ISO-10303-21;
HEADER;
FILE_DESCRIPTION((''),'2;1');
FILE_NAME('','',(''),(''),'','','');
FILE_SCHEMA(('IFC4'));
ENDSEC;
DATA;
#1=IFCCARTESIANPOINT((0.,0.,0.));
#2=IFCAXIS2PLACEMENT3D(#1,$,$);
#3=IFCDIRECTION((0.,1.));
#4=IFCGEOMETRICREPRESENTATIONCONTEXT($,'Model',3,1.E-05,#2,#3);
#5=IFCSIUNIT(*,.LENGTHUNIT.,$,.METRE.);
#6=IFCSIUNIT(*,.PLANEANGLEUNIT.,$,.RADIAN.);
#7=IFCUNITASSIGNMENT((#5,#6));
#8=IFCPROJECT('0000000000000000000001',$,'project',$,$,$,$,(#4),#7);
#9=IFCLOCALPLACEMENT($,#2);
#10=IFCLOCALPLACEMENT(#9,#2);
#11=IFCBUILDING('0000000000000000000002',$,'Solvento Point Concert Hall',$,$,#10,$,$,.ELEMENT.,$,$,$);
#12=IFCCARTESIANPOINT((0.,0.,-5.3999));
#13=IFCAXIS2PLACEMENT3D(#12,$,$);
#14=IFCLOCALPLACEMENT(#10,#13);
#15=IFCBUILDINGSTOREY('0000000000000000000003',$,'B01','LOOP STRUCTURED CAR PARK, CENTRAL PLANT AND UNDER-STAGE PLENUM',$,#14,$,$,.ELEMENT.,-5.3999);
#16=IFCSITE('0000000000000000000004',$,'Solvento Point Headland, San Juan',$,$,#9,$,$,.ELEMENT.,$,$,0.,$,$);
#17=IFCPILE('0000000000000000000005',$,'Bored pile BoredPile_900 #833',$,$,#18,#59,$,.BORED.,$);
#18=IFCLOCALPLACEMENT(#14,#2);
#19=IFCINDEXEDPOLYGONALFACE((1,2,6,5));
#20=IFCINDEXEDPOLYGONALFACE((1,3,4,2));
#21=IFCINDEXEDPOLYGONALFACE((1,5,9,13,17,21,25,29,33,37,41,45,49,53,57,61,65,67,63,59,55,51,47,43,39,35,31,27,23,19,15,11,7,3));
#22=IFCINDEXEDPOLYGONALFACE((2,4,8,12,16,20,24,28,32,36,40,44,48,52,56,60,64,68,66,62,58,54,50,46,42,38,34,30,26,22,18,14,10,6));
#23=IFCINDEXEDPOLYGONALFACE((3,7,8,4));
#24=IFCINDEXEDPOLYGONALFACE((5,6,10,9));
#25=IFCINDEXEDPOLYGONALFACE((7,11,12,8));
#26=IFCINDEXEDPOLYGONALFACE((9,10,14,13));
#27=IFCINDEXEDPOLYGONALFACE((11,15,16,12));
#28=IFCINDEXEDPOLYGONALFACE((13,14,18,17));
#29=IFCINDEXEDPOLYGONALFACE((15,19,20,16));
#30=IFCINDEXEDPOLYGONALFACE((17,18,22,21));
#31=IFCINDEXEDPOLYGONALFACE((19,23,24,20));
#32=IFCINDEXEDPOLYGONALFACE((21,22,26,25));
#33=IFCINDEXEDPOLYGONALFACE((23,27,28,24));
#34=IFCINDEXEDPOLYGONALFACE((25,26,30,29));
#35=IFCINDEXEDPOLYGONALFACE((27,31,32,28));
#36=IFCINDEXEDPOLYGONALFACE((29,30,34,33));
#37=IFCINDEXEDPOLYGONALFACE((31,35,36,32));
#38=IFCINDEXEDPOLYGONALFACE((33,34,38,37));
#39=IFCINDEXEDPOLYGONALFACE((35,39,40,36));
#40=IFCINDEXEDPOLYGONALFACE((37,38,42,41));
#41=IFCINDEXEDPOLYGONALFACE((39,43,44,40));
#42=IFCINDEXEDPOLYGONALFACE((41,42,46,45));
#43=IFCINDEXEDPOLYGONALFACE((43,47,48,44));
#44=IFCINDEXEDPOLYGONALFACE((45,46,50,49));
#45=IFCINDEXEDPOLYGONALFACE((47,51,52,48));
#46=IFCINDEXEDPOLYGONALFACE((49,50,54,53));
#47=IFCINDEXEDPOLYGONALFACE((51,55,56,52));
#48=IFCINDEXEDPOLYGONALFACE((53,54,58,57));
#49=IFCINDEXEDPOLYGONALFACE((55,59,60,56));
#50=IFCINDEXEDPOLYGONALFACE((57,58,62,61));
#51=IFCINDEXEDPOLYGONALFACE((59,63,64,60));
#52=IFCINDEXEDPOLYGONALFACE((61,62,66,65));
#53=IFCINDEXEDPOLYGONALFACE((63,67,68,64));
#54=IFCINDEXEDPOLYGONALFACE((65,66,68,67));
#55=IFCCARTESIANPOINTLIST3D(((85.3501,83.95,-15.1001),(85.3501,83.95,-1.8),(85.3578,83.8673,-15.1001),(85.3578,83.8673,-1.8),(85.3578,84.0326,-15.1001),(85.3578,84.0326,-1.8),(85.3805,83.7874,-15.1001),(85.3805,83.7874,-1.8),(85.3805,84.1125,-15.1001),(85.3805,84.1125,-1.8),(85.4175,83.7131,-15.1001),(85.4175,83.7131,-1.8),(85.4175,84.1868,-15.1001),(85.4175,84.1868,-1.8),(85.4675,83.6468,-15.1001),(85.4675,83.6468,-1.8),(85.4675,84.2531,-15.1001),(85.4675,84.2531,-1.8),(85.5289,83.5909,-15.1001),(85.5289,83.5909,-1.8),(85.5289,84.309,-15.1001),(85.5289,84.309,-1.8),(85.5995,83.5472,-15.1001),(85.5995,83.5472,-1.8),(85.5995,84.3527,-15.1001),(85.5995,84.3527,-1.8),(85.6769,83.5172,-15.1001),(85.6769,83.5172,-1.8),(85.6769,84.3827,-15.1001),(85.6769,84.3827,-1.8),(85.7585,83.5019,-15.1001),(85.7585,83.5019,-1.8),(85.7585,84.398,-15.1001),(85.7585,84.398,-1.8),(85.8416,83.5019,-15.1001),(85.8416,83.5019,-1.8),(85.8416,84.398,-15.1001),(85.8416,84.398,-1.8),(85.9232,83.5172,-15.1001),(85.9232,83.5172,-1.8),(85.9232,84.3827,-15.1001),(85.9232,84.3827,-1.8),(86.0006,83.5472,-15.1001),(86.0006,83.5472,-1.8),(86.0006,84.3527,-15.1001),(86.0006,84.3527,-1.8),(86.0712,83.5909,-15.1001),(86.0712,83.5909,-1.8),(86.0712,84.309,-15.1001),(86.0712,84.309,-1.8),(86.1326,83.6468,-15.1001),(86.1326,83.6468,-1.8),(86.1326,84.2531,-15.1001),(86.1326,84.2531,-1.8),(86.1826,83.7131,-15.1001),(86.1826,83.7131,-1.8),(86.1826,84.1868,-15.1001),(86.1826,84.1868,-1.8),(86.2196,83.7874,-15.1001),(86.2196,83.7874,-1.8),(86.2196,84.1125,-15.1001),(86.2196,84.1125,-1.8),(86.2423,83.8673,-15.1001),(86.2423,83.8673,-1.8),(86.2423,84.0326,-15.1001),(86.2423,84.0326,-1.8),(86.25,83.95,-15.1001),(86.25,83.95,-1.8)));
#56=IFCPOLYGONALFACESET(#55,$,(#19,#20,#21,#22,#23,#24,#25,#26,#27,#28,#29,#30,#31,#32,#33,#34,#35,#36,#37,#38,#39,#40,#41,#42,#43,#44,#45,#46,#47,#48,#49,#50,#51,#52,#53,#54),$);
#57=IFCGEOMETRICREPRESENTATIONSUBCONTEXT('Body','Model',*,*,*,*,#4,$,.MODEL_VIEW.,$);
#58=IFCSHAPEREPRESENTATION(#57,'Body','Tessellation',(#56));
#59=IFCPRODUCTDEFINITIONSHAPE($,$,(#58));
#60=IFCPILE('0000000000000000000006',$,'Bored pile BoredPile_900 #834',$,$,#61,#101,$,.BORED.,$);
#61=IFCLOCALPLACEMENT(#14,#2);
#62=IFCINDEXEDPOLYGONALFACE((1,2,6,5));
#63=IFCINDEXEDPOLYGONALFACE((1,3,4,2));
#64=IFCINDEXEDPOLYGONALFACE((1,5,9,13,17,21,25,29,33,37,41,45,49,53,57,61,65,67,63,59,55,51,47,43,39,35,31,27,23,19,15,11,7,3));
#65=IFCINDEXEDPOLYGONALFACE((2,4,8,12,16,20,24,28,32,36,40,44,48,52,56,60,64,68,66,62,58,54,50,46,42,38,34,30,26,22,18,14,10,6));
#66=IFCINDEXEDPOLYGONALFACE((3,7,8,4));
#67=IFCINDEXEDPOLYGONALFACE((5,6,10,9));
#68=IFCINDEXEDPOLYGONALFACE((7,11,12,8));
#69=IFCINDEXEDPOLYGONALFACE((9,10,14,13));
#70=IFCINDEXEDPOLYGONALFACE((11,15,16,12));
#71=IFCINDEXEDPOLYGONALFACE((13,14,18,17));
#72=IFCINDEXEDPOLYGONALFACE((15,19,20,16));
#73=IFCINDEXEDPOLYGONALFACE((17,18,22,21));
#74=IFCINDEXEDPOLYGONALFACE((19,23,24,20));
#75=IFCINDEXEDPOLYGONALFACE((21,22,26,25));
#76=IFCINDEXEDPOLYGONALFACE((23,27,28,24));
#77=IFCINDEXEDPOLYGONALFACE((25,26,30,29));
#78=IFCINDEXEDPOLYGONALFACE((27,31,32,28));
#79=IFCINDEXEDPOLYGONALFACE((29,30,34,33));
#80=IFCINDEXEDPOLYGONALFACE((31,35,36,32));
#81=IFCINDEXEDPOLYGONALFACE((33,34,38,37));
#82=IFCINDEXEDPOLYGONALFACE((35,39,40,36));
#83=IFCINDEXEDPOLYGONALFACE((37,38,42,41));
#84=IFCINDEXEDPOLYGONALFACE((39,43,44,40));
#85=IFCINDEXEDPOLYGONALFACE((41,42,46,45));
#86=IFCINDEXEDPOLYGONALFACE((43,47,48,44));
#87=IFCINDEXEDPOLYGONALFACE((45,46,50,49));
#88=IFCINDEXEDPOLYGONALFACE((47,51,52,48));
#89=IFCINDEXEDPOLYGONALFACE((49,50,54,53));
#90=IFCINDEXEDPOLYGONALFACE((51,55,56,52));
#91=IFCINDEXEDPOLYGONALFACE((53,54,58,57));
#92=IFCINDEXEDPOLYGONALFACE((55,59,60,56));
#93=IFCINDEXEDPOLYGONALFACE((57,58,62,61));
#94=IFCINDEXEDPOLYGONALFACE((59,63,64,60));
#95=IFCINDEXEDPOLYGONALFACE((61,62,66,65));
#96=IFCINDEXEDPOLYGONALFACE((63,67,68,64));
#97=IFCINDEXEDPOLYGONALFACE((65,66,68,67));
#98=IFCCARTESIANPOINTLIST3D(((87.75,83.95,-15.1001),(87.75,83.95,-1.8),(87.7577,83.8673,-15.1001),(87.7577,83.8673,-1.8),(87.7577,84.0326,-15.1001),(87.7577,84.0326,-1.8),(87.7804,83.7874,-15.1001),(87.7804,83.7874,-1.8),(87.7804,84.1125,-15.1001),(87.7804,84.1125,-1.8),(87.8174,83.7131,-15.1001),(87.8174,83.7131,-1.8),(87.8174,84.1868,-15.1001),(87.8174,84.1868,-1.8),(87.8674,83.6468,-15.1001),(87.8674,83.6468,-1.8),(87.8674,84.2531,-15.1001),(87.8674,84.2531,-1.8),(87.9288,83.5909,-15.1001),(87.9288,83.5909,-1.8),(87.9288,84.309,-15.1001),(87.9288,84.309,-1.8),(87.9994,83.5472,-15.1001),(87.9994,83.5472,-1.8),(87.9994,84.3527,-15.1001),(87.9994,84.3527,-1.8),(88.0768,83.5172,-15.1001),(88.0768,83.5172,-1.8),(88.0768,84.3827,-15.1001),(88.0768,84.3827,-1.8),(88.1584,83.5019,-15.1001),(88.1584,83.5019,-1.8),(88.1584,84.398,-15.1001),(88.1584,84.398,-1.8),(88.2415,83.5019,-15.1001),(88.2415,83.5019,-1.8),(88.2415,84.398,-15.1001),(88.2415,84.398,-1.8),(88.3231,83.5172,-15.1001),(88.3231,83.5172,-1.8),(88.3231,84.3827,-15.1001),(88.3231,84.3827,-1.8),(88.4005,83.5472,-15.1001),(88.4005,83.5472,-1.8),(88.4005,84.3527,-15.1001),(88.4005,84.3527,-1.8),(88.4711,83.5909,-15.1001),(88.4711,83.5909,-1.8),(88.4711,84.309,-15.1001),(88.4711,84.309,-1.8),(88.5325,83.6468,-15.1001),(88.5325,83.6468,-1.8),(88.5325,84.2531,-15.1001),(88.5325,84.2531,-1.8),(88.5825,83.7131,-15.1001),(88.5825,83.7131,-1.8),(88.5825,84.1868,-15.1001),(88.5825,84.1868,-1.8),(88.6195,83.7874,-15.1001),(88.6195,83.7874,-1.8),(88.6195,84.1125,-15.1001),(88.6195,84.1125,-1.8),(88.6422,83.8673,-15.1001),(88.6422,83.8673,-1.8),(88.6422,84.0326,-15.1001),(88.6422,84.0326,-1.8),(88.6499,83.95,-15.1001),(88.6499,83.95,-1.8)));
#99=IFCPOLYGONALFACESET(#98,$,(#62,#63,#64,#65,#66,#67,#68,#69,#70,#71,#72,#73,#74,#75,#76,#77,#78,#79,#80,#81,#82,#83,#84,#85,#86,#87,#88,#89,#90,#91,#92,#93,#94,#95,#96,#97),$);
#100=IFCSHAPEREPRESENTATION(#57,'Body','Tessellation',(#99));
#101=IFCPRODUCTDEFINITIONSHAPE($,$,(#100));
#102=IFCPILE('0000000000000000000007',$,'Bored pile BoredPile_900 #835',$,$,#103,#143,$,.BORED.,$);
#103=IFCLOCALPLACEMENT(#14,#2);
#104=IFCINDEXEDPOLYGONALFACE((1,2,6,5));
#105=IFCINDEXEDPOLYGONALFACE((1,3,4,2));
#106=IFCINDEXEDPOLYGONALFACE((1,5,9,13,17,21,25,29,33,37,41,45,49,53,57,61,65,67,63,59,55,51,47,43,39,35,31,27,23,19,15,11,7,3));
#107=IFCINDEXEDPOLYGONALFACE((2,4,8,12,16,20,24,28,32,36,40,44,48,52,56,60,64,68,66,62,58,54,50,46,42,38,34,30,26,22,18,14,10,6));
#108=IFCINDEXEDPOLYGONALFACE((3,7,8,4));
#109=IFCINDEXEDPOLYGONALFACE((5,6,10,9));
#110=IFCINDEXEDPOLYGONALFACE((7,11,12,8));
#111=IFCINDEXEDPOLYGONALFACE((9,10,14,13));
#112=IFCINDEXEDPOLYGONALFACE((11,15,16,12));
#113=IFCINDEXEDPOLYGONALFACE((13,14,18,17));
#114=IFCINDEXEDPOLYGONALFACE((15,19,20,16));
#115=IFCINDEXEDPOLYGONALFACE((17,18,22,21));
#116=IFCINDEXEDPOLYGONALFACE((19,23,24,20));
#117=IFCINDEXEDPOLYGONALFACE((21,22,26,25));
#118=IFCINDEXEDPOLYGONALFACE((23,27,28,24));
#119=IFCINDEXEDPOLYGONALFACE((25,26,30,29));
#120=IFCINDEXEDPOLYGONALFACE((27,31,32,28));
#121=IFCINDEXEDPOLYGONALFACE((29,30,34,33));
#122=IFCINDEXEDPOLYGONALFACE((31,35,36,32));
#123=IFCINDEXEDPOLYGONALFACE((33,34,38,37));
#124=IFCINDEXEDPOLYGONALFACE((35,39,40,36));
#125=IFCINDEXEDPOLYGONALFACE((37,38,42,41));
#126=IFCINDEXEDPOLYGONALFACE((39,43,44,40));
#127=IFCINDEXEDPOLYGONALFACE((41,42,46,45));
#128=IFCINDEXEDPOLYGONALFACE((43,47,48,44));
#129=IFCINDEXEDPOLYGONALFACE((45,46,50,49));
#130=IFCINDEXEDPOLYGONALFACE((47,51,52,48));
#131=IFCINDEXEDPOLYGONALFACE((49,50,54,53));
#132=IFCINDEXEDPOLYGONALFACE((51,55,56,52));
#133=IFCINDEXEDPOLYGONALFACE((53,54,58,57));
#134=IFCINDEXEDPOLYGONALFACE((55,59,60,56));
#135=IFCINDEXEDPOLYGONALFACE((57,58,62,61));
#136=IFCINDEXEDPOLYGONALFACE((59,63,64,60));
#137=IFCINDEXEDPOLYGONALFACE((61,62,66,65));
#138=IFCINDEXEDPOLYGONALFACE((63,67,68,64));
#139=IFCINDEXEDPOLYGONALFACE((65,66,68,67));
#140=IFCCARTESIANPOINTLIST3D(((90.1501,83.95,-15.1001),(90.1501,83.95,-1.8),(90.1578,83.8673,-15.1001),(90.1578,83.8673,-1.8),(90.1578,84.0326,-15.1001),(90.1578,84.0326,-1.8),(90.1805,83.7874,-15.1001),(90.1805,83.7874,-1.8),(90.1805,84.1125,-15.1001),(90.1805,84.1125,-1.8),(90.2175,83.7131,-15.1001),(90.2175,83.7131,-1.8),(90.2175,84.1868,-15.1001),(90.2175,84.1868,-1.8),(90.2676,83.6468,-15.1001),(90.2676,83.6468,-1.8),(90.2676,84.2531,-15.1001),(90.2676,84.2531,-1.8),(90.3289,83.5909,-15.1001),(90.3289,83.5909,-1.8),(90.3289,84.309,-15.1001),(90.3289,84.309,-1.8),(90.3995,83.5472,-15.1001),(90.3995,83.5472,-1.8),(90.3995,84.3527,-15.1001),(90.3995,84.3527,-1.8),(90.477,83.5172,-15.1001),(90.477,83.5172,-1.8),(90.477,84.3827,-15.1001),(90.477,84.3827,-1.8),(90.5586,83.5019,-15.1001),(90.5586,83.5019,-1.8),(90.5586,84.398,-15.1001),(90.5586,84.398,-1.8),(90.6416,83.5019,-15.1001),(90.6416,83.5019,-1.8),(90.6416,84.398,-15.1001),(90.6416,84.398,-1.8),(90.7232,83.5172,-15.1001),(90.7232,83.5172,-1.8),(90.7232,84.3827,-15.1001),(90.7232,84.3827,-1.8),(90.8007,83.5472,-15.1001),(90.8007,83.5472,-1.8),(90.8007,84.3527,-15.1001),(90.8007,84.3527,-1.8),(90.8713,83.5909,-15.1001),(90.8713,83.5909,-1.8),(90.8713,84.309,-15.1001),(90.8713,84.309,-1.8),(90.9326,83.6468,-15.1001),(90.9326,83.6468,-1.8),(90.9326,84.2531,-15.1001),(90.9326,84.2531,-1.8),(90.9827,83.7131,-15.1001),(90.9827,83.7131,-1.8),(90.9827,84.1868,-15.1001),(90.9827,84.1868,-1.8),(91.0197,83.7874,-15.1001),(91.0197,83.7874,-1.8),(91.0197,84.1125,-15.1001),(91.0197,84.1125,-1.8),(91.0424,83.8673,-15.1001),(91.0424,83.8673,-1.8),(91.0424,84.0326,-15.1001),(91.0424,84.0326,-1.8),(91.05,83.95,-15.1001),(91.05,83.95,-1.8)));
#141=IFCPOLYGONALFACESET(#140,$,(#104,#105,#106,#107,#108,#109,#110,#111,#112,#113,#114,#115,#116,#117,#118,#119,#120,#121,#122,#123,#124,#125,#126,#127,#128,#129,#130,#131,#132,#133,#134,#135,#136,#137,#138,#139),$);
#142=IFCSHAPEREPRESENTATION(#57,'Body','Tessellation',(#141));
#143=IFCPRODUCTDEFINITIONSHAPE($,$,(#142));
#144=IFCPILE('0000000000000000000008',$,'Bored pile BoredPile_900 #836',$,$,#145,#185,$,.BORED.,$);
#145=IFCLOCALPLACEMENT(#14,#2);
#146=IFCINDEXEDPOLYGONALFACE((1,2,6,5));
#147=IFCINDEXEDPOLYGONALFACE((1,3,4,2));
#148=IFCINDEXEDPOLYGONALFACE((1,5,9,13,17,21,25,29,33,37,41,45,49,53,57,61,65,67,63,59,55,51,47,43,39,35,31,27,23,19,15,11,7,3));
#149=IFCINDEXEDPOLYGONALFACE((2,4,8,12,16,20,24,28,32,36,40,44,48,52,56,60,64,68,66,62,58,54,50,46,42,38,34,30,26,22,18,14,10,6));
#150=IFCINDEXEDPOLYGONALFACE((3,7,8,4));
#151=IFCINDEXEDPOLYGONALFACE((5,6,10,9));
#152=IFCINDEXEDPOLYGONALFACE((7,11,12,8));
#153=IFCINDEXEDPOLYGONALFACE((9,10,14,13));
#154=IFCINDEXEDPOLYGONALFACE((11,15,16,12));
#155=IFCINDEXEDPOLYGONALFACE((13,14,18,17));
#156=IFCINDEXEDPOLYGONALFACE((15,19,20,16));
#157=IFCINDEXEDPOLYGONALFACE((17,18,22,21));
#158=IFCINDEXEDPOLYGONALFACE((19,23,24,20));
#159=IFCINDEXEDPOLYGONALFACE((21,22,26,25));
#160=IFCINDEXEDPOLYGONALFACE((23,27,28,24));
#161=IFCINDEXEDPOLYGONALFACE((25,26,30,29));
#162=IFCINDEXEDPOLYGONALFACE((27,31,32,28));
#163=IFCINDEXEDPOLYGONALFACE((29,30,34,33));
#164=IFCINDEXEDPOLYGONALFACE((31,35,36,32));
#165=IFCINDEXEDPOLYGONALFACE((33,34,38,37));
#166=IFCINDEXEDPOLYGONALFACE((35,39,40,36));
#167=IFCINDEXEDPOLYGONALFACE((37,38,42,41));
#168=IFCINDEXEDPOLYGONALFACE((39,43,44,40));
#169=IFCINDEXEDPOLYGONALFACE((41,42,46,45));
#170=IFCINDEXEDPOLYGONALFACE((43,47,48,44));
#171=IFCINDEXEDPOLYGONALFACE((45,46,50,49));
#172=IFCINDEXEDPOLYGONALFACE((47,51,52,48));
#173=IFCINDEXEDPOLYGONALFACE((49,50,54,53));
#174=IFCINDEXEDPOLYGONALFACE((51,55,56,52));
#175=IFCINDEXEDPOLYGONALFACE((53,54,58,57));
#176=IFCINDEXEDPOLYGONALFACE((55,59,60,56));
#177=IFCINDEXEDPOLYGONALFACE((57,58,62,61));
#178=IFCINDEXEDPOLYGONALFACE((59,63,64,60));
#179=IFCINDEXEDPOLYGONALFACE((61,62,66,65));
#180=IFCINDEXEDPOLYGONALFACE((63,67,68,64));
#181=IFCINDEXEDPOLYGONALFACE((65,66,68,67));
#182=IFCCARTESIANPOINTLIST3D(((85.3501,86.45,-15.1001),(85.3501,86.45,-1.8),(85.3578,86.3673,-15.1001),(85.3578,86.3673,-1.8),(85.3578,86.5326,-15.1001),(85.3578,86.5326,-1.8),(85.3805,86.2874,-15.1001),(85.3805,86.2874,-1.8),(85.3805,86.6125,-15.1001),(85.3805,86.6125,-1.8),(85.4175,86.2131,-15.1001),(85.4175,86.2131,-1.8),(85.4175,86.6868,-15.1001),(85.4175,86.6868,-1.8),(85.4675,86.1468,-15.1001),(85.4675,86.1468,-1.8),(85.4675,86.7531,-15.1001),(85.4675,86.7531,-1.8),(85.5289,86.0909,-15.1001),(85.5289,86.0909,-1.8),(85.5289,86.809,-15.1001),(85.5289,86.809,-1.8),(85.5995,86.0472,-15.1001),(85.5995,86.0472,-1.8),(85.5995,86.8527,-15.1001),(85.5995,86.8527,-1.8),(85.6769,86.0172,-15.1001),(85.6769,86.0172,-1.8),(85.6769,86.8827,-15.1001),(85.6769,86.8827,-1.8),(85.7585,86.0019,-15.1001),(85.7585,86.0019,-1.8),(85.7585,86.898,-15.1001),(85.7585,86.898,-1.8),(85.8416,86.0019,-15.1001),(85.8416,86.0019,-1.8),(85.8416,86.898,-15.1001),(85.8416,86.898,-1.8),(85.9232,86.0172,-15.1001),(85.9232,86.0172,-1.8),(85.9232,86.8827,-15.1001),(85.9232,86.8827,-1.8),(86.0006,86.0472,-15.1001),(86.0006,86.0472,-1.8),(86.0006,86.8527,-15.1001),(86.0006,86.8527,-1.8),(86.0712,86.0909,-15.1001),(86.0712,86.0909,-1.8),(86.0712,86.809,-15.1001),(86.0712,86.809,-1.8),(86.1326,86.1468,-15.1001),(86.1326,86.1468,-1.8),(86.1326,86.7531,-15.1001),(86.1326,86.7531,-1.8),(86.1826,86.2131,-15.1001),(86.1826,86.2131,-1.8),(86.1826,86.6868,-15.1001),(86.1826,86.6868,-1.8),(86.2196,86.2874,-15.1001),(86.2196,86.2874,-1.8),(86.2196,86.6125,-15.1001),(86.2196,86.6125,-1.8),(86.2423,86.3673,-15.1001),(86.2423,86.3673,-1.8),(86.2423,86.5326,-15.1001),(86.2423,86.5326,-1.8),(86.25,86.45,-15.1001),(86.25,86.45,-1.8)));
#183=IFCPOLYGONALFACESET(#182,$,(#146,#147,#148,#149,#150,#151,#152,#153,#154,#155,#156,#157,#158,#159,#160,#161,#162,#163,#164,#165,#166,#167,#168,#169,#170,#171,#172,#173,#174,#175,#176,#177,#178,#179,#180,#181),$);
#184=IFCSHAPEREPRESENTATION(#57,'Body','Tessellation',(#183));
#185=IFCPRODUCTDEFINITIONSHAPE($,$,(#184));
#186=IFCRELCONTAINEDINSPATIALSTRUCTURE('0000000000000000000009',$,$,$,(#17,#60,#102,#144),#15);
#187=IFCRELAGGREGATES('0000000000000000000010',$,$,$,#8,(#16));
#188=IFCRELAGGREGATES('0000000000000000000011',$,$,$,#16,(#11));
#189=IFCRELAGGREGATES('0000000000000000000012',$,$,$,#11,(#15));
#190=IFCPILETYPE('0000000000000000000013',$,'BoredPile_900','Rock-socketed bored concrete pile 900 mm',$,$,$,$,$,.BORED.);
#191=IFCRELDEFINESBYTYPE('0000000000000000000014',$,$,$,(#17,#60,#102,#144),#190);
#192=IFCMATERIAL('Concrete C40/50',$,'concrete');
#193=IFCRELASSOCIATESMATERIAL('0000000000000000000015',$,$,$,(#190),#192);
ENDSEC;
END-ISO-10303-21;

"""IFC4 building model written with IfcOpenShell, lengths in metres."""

from ifc_helpers import new_model, si_unit, direction, frame, origin, origin_2d, place, context, subcontext, project, spatial, circle, extrude, material, material_profile, profile_set, type_object, element, save


model = new_model("IFC4")

# Units and contexts
model_context = context("Model", 3, precision=1e-05, world=origin(), true_north=direction((0.0, 1.0)))
body_context = subcontext(model_context, "Body", "Model", "MODEL_VIEW")
ifc_project = project(units=[si_unit("LENGTHUNIT", "METRE"), si_unit("PLANEANGLEUNIT", "RADIAN")], contexts=[model_context])

# Site, building, storey
site_placement = place(None, origin())
site = spatial("IfcSite", under=ifc_project, at=site_placement, Name="Solvento Point Headland, San Juan", CompositionType="ELEMENT", RefElevation=0.0)
building_placement = place(site_placement, origin())
building = spatial("IfcBuilding", under=site, at=building_placement, Name="Solvento Point Concert Hall", CompositionType="ELEMENT")
storey_placement = place(building_placement, frame((0.0, 0.0, -5.3999)))
storey = spatial("IfcBuildingStorey", under=building, at=storey_placement, Name="B01", Description="LOOP STRUCTURED CAR PARK, CENTRAL PLANT AND UNDER-STAGE PLENUM", CompositionType="ELEMENT", Elevation=-5.3999)

# Piles
ifc_material_1 = material(Name="Concrete C40/50", Category="concrete")
ifc_material_profile_1 = material_profile(ifc_material_1, circle(Radius=0.45, at=origin_2d()), Name="BP-900")
ifc_profile_set_1 = profile_set([ifc_material_profile_1], Name="Concrete C40/50")
pile_type_1 = type_object("IfcPileType", Name="BoredPile_900", Description="Rock-socketed bored concrete pile 900 mm", PredefinedType="BORED", material=ifc_profile_set_1)
for number, where, z_axis, x_axis, name in (
    (1, (85.8, 83.95, -1.8), (0.0, 0.0, -1.0), (1.0, 0.0, 0.0), "Bored pile BoredPile_900 #833"),
    (2, (88.2, 83.95, -1.8), (0.0, 0.0, -1.0), (1.0, 0.0, 0.0), "Bored pile BoredPile_900 #834"),
    (3, (90.6001, 83.95, -1.8), (0.0, 0.0, -1.0), (1.0, 0.0, 0.0), "Bored pile BoredPile_900 #835"),
    (4, (85.8, 86.45, -1.8), (0.0, 0.0, -1.0), (1.0, 0.0, 0.0), "Bored pile BoredPile_900 #836"),
):
    element("IfcPile", number, at=place(storey_placement, frame(where, z_axis=z_axis, x_axis=x_axis)), inside=storey, type_object=pile_type_1, Name=name, PredefinedType="BORED", context=body_context, shape_type="SweptSolid", body=[
        extrude(circle(Radius=0.45, at=origin_2d()), origin(), (0.0, 0.0, 1.0), 13.3),
    ])

save(model, "model.ifc")
